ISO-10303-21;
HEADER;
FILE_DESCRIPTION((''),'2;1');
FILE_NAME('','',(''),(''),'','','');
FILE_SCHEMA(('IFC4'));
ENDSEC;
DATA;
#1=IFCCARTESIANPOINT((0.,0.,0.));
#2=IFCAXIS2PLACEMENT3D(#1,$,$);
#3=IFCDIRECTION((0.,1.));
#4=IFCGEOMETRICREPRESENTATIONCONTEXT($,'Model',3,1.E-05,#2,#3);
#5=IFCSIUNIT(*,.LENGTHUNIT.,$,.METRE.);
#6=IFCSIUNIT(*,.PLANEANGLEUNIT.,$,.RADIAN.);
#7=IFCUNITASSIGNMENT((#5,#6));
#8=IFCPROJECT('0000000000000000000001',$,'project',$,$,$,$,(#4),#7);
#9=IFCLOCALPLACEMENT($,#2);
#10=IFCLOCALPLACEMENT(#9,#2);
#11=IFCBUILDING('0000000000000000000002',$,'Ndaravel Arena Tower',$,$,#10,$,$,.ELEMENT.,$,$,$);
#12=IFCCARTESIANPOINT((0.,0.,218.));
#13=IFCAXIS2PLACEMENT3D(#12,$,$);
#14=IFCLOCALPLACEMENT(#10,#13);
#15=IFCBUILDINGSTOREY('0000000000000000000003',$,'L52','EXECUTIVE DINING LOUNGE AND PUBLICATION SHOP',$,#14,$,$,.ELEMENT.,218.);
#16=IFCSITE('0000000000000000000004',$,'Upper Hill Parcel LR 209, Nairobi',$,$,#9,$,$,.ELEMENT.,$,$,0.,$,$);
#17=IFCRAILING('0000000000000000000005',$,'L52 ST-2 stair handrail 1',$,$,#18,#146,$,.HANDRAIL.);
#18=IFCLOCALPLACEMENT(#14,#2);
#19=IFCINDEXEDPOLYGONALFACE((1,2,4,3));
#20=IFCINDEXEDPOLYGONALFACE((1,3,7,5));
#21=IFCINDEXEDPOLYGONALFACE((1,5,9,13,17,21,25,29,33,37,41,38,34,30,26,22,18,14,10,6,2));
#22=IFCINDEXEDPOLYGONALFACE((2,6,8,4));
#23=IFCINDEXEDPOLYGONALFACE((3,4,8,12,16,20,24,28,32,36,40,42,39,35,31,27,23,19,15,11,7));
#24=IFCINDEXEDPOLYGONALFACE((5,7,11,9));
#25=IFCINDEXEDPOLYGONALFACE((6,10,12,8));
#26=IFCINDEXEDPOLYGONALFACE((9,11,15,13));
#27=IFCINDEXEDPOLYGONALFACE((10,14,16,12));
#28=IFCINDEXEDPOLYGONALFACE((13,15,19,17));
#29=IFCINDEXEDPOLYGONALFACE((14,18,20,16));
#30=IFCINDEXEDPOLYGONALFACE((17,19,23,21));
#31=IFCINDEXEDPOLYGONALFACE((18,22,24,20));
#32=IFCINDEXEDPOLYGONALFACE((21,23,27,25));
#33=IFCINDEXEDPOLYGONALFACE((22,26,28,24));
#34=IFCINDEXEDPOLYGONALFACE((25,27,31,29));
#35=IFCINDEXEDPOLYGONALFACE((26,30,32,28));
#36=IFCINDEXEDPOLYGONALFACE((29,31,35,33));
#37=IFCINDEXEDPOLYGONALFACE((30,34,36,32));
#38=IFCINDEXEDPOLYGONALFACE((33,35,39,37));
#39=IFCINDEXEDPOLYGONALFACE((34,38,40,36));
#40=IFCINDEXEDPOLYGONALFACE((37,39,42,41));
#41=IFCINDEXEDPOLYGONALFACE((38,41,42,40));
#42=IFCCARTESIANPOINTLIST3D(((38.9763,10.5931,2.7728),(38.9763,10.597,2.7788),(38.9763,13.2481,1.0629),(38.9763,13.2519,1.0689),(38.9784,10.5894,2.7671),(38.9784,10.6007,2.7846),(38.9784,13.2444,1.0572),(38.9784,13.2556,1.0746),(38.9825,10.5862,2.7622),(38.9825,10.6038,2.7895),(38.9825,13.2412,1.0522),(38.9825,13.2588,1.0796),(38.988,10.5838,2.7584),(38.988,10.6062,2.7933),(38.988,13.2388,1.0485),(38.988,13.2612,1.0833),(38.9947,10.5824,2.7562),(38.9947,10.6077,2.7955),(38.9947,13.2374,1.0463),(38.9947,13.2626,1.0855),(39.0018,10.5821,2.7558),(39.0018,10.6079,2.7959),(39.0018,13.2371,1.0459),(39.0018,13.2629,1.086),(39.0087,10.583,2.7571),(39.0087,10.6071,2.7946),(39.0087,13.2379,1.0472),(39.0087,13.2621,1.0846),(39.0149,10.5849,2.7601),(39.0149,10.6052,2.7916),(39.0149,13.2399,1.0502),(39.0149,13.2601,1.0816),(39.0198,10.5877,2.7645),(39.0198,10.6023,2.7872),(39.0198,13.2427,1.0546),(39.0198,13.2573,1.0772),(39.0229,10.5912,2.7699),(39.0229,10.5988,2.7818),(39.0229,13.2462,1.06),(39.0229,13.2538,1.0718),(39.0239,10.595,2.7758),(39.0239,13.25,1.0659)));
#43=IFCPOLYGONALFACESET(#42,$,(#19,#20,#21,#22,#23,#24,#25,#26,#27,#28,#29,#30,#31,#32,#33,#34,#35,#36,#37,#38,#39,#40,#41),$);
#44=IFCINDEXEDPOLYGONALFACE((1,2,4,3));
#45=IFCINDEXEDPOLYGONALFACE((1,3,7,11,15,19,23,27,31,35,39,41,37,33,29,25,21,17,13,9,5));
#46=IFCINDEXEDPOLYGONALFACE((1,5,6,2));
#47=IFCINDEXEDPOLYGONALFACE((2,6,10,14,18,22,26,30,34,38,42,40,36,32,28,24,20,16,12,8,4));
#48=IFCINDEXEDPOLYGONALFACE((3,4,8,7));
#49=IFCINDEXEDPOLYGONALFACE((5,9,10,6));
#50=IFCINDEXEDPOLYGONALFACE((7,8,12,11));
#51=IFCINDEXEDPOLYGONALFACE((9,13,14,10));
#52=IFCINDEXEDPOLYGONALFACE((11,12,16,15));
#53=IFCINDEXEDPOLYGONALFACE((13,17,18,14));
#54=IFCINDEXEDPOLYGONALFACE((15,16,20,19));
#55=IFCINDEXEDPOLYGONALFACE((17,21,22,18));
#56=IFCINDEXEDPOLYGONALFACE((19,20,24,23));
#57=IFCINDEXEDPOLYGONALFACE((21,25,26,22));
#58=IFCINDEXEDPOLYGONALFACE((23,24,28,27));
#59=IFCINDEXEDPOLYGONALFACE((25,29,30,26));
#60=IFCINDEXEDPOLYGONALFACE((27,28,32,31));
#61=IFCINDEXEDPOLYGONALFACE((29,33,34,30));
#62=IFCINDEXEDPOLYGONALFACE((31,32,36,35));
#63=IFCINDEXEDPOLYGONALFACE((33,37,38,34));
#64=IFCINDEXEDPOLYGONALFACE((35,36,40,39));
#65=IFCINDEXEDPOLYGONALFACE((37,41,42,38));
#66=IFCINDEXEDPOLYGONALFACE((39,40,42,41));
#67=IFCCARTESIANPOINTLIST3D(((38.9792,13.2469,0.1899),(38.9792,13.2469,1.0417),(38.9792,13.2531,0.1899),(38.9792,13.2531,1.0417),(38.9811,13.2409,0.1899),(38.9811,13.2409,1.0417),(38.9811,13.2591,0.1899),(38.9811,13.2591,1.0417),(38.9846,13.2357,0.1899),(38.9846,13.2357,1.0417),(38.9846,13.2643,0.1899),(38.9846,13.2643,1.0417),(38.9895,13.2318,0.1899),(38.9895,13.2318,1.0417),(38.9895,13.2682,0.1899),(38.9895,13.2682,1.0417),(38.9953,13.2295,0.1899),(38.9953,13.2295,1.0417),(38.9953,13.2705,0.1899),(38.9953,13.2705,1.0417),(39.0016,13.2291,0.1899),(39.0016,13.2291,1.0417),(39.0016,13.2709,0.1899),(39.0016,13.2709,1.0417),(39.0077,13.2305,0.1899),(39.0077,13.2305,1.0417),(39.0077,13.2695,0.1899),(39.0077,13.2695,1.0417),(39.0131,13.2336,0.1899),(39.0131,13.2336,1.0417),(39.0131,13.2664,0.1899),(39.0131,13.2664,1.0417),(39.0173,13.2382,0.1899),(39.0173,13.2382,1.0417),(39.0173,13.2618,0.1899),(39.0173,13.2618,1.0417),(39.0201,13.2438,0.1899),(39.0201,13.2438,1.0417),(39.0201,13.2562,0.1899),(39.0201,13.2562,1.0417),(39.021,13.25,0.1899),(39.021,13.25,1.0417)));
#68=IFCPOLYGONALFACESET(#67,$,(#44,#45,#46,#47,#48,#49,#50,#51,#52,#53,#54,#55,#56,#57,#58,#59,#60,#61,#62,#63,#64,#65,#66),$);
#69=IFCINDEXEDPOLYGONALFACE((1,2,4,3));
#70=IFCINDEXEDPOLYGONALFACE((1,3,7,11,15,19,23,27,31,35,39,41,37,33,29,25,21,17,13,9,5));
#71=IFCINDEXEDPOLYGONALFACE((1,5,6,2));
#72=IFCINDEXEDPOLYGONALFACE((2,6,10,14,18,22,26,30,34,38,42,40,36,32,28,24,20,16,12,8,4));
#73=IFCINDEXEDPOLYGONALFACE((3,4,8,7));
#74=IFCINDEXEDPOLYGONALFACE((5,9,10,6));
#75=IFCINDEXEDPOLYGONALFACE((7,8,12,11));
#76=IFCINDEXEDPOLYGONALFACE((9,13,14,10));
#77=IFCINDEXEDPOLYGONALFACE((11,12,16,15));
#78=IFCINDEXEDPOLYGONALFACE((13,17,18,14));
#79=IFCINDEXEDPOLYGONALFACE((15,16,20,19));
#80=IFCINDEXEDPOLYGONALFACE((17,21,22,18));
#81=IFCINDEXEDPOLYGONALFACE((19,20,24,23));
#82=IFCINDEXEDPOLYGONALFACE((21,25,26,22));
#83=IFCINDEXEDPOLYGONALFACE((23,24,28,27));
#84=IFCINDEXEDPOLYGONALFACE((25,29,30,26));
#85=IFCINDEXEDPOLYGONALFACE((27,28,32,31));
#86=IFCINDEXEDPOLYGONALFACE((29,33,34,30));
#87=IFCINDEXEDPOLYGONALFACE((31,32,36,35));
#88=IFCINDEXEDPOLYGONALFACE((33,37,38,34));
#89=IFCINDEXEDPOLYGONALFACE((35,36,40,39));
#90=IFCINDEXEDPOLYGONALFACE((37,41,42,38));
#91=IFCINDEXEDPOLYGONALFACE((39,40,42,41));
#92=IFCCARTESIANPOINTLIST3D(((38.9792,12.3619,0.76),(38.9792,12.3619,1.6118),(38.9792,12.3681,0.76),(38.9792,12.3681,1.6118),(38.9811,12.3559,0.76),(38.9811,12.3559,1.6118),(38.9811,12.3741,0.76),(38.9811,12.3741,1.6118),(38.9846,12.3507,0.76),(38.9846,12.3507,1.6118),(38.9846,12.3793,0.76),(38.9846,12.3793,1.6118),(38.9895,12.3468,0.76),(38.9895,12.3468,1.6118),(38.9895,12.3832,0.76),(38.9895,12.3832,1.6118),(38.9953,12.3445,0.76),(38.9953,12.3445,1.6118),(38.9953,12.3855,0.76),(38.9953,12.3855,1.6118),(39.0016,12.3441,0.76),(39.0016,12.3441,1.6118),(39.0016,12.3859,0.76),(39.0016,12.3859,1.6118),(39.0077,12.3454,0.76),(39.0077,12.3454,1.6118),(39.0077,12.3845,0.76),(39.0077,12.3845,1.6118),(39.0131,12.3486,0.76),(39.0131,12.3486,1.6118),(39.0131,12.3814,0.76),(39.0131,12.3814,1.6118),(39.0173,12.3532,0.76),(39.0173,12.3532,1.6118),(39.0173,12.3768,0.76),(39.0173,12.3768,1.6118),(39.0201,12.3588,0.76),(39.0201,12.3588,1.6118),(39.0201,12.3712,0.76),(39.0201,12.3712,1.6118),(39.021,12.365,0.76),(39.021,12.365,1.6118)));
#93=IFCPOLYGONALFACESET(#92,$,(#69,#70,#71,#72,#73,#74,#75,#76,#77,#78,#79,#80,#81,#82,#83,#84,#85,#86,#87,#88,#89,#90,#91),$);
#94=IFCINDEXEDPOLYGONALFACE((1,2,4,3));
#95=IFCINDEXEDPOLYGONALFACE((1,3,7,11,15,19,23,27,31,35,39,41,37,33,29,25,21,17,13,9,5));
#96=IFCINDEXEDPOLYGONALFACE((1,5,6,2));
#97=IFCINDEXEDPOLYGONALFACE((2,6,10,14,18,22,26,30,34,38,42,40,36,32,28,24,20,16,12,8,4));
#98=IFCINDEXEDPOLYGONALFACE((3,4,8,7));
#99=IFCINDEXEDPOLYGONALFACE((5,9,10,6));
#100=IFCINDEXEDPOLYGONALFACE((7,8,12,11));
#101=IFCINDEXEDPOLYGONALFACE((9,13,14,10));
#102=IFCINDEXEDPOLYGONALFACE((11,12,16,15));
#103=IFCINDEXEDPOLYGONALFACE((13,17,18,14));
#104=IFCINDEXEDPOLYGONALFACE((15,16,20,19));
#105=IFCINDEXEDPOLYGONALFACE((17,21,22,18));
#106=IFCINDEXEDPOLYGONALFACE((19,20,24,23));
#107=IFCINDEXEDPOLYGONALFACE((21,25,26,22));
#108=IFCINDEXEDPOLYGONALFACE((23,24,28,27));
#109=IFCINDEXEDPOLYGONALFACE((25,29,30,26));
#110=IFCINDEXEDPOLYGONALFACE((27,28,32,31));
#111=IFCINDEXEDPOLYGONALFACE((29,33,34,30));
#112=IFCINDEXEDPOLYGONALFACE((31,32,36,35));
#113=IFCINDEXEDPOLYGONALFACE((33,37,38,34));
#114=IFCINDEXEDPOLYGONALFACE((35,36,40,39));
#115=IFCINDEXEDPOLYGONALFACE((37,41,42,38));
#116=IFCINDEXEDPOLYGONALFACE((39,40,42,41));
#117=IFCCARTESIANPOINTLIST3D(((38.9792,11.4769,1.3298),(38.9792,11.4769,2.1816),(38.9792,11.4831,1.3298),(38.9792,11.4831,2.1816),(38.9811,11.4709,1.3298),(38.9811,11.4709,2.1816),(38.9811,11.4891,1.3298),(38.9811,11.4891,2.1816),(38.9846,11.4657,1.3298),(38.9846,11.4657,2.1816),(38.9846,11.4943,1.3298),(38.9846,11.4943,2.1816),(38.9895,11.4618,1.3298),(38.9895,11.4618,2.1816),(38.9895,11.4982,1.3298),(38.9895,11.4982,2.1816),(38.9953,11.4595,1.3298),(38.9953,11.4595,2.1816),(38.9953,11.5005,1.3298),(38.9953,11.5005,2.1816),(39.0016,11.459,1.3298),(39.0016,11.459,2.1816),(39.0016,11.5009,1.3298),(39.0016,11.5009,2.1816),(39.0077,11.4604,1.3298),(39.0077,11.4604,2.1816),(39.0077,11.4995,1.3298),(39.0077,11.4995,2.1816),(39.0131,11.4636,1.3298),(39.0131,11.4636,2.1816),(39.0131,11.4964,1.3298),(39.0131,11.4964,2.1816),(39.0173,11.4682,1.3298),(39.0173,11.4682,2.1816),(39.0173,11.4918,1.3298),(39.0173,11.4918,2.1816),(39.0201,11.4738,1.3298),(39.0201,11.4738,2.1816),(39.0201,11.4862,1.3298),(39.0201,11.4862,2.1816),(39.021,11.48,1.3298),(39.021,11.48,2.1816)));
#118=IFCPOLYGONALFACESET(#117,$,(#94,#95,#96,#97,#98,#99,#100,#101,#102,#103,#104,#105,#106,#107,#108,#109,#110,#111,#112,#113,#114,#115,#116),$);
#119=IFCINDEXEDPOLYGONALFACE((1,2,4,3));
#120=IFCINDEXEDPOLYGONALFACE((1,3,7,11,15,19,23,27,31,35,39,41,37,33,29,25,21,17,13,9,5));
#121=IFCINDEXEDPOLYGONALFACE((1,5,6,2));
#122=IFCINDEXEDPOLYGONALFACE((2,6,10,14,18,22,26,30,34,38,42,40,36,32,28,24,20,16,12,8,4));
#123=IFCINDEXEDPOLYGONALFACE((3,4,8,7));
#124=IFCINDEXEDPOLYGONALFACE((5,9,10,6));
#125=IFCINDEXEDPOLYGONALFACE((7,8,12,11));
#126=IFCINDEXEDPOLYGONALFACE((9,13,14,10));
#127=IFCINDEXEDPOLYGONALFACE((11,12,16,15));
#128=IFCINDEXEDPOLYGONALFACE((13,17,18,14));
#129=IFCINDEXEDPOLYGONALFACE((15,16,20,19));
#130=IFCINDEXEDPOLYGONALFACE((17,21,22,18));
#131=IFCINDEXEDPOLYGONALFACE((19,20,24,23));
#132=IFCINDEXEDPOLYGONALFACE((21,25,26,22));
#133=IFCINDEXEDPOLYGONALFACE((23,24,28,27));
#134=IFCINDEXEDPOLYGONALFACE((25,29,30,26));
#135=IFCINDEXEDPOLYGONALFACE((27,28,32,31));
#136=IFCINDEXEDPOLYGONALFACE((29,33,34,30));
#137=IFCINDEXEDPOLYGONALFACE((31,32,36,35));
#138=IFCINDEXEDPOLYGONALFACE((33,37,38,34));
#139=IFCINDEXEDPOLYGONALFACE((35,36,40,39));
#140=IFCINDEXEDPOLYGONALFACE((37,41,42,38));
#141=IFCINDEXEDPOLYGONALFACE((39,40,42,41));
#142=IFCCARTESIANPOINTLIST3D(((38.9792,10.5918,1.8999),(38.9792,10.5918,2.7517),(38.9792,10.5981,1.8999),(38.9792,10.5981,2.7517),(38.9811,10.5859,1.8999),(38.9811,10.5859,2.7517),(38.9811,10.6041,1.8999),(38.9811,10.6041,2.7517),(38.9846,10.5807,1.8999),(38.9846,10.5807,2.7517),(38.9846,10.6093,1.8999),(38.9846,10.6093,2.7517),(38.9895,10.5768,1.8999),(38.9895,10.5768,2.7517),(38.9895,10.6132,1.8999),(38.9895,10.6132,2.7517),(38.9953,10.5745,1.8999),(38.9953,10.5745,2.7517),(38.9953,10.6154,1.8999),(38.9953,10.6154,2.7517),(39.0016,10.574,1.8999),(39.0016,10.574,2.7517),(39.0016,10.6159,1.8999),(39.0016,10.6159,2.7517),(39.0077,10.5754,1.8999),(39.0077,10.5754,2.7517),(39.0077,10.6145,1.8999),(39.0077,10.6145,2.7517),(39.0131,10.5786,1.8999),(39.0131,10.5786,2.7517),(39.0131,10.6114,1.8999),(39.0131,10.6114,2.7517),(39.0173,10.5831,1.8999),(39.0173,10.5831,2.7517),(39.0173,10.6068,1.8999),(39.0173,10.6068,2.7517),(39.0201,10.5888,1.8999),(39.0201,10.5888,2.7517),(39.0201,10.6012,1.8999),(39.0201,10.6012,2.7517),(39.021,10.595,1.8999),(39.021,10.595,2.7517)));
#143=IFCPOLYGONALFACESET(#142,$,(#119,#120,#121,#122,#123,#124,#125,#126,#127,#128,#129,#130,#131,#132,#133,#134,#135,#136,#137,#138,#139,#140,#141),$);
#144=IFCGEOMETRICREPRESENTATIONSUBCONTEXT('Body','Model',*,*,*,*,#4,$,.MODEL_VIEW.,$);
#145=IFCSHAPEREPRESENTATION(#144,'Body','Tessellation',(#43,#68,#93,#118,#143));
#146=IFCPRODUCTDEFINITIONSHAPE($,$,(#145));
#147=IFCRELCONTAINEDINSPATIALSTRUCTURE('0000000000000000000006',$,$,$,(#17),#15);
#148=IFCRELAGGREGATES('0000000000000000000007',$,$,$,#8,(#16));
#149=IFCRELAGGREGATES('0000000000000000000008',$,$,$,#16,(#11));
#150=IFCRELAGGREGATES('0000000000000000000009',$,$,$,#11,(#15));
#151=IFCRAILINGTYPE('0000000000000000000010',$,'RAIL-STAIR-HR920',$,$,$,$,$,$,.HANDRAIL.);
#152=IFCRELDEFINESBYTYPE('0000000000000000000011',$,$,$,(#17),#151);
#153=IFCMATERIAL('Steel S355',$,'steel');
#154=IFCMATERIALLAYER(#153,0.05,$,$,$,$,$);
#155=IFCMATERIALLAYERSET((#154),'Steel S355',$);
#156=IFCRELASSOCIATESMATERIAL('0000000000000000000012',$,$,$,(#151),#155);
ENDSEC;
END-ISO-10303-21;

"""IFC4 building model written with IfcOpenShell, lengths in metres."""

from ifc_helpers import new_model, si_unit, direction, frame, origin, origin_2d, place, context, subcontext, project, spatial, circle, extrude, material, layer, layer_set, type_object, element, save


model = new_model("IFC4")

# Units and contexts
model_context = context("Model", 3, precision=1e-05, world=origin(), true_north=direction((0.0, 1.0)))
body_context = subcontext(model_context, "Body", "Model", "MODEL_VIEW")
ifc_project = project(units=[si_unit("LENGTHUNIT", "METRE"), si_unit("PLANEANGLEUNIT", "RADIAN")], contexts=[model_context])

# Site, building, storey
site_placement = place(None, origin())
site = spatial("IfcSite", under=ifc_project, at=site_placement, Name="Upper Hill Parcel LR 209, Nairobi", CompositionType="ELEMENT", RefElevation=0.0)
building_placement = place(site_placement, origin())
building = spatial("IfcBuilding", under=site, at=building_placement, Name="Ndaravel Arena Tower", CompositionType="ELEMENT")
storey_placement = place(building_placement, frame((0.0, 0.0, 218.0)))
storey = spatial("IfcBuildingStorey", under=building, at=storey_placement, Name="L52", Description="EXECUTIVE DINING LOUNGE AND PUBLICATION SHOP", CompositionType="ELEMENT", Elevation=218.0)

# Railing
ifc_material_1 = material(Name="Steel S355", Category="steel")
ifc_layer_1 = layer(ifc_material_1, 0.05)
ifc_layer_set_1 = layer_set([ifc_layer_1], Name="Steel S355")
railing_type_1 = type_object("IfcRailingType", Name="RAIL-STAIR-HR920", PredefinedType="HANDRAIL", material=ifc_layer_set_1)
railing_1_placement = place(storey_placement, frame((39.0, 13.25, 0.1899)))
element("IfcRailing", 1, at=railing_1_placement, inside=storey, type_object=railing_type_1, Name="L52 ST-2 stair handrail 1", PredefinedType="HANDRAIL", context=body_context, shape_type="SweptSolid", body=[
    extrude(circle(Radius=0.0239, at=origin_2d()), frame((0.0, 0.0, 0.876), z_axis=(0.0, -0.840724, 0.541465), x_axis=(1.0, 0.0, 0.0)), (0.0, 0.0, 1.0), 3.158),
    extrude(circle(Radius=0.021, at=origin_2d()), origin(), (0.0, 0.0, 1.0), 0.8518),
    extrude(circle(Radius=0.021, at=origin_2d()), frame((0.0, -0.885, 0.5701)), (0.0, 0.0, 1.0), 0.8518),
    extrude(circle(Radius=0.021, at=origin_2d()), frame((0.0, -1.77, 1.1399)), (0.0, 0.0, 1.0), 0.8518),
    extrude(circle(Radius=0.021, at=origin_2d()), frame((0.0, -2.655, 1.71)), (0.0, 0.0, 1.0), 0.8518),
])

save(model, "model.ifc")
